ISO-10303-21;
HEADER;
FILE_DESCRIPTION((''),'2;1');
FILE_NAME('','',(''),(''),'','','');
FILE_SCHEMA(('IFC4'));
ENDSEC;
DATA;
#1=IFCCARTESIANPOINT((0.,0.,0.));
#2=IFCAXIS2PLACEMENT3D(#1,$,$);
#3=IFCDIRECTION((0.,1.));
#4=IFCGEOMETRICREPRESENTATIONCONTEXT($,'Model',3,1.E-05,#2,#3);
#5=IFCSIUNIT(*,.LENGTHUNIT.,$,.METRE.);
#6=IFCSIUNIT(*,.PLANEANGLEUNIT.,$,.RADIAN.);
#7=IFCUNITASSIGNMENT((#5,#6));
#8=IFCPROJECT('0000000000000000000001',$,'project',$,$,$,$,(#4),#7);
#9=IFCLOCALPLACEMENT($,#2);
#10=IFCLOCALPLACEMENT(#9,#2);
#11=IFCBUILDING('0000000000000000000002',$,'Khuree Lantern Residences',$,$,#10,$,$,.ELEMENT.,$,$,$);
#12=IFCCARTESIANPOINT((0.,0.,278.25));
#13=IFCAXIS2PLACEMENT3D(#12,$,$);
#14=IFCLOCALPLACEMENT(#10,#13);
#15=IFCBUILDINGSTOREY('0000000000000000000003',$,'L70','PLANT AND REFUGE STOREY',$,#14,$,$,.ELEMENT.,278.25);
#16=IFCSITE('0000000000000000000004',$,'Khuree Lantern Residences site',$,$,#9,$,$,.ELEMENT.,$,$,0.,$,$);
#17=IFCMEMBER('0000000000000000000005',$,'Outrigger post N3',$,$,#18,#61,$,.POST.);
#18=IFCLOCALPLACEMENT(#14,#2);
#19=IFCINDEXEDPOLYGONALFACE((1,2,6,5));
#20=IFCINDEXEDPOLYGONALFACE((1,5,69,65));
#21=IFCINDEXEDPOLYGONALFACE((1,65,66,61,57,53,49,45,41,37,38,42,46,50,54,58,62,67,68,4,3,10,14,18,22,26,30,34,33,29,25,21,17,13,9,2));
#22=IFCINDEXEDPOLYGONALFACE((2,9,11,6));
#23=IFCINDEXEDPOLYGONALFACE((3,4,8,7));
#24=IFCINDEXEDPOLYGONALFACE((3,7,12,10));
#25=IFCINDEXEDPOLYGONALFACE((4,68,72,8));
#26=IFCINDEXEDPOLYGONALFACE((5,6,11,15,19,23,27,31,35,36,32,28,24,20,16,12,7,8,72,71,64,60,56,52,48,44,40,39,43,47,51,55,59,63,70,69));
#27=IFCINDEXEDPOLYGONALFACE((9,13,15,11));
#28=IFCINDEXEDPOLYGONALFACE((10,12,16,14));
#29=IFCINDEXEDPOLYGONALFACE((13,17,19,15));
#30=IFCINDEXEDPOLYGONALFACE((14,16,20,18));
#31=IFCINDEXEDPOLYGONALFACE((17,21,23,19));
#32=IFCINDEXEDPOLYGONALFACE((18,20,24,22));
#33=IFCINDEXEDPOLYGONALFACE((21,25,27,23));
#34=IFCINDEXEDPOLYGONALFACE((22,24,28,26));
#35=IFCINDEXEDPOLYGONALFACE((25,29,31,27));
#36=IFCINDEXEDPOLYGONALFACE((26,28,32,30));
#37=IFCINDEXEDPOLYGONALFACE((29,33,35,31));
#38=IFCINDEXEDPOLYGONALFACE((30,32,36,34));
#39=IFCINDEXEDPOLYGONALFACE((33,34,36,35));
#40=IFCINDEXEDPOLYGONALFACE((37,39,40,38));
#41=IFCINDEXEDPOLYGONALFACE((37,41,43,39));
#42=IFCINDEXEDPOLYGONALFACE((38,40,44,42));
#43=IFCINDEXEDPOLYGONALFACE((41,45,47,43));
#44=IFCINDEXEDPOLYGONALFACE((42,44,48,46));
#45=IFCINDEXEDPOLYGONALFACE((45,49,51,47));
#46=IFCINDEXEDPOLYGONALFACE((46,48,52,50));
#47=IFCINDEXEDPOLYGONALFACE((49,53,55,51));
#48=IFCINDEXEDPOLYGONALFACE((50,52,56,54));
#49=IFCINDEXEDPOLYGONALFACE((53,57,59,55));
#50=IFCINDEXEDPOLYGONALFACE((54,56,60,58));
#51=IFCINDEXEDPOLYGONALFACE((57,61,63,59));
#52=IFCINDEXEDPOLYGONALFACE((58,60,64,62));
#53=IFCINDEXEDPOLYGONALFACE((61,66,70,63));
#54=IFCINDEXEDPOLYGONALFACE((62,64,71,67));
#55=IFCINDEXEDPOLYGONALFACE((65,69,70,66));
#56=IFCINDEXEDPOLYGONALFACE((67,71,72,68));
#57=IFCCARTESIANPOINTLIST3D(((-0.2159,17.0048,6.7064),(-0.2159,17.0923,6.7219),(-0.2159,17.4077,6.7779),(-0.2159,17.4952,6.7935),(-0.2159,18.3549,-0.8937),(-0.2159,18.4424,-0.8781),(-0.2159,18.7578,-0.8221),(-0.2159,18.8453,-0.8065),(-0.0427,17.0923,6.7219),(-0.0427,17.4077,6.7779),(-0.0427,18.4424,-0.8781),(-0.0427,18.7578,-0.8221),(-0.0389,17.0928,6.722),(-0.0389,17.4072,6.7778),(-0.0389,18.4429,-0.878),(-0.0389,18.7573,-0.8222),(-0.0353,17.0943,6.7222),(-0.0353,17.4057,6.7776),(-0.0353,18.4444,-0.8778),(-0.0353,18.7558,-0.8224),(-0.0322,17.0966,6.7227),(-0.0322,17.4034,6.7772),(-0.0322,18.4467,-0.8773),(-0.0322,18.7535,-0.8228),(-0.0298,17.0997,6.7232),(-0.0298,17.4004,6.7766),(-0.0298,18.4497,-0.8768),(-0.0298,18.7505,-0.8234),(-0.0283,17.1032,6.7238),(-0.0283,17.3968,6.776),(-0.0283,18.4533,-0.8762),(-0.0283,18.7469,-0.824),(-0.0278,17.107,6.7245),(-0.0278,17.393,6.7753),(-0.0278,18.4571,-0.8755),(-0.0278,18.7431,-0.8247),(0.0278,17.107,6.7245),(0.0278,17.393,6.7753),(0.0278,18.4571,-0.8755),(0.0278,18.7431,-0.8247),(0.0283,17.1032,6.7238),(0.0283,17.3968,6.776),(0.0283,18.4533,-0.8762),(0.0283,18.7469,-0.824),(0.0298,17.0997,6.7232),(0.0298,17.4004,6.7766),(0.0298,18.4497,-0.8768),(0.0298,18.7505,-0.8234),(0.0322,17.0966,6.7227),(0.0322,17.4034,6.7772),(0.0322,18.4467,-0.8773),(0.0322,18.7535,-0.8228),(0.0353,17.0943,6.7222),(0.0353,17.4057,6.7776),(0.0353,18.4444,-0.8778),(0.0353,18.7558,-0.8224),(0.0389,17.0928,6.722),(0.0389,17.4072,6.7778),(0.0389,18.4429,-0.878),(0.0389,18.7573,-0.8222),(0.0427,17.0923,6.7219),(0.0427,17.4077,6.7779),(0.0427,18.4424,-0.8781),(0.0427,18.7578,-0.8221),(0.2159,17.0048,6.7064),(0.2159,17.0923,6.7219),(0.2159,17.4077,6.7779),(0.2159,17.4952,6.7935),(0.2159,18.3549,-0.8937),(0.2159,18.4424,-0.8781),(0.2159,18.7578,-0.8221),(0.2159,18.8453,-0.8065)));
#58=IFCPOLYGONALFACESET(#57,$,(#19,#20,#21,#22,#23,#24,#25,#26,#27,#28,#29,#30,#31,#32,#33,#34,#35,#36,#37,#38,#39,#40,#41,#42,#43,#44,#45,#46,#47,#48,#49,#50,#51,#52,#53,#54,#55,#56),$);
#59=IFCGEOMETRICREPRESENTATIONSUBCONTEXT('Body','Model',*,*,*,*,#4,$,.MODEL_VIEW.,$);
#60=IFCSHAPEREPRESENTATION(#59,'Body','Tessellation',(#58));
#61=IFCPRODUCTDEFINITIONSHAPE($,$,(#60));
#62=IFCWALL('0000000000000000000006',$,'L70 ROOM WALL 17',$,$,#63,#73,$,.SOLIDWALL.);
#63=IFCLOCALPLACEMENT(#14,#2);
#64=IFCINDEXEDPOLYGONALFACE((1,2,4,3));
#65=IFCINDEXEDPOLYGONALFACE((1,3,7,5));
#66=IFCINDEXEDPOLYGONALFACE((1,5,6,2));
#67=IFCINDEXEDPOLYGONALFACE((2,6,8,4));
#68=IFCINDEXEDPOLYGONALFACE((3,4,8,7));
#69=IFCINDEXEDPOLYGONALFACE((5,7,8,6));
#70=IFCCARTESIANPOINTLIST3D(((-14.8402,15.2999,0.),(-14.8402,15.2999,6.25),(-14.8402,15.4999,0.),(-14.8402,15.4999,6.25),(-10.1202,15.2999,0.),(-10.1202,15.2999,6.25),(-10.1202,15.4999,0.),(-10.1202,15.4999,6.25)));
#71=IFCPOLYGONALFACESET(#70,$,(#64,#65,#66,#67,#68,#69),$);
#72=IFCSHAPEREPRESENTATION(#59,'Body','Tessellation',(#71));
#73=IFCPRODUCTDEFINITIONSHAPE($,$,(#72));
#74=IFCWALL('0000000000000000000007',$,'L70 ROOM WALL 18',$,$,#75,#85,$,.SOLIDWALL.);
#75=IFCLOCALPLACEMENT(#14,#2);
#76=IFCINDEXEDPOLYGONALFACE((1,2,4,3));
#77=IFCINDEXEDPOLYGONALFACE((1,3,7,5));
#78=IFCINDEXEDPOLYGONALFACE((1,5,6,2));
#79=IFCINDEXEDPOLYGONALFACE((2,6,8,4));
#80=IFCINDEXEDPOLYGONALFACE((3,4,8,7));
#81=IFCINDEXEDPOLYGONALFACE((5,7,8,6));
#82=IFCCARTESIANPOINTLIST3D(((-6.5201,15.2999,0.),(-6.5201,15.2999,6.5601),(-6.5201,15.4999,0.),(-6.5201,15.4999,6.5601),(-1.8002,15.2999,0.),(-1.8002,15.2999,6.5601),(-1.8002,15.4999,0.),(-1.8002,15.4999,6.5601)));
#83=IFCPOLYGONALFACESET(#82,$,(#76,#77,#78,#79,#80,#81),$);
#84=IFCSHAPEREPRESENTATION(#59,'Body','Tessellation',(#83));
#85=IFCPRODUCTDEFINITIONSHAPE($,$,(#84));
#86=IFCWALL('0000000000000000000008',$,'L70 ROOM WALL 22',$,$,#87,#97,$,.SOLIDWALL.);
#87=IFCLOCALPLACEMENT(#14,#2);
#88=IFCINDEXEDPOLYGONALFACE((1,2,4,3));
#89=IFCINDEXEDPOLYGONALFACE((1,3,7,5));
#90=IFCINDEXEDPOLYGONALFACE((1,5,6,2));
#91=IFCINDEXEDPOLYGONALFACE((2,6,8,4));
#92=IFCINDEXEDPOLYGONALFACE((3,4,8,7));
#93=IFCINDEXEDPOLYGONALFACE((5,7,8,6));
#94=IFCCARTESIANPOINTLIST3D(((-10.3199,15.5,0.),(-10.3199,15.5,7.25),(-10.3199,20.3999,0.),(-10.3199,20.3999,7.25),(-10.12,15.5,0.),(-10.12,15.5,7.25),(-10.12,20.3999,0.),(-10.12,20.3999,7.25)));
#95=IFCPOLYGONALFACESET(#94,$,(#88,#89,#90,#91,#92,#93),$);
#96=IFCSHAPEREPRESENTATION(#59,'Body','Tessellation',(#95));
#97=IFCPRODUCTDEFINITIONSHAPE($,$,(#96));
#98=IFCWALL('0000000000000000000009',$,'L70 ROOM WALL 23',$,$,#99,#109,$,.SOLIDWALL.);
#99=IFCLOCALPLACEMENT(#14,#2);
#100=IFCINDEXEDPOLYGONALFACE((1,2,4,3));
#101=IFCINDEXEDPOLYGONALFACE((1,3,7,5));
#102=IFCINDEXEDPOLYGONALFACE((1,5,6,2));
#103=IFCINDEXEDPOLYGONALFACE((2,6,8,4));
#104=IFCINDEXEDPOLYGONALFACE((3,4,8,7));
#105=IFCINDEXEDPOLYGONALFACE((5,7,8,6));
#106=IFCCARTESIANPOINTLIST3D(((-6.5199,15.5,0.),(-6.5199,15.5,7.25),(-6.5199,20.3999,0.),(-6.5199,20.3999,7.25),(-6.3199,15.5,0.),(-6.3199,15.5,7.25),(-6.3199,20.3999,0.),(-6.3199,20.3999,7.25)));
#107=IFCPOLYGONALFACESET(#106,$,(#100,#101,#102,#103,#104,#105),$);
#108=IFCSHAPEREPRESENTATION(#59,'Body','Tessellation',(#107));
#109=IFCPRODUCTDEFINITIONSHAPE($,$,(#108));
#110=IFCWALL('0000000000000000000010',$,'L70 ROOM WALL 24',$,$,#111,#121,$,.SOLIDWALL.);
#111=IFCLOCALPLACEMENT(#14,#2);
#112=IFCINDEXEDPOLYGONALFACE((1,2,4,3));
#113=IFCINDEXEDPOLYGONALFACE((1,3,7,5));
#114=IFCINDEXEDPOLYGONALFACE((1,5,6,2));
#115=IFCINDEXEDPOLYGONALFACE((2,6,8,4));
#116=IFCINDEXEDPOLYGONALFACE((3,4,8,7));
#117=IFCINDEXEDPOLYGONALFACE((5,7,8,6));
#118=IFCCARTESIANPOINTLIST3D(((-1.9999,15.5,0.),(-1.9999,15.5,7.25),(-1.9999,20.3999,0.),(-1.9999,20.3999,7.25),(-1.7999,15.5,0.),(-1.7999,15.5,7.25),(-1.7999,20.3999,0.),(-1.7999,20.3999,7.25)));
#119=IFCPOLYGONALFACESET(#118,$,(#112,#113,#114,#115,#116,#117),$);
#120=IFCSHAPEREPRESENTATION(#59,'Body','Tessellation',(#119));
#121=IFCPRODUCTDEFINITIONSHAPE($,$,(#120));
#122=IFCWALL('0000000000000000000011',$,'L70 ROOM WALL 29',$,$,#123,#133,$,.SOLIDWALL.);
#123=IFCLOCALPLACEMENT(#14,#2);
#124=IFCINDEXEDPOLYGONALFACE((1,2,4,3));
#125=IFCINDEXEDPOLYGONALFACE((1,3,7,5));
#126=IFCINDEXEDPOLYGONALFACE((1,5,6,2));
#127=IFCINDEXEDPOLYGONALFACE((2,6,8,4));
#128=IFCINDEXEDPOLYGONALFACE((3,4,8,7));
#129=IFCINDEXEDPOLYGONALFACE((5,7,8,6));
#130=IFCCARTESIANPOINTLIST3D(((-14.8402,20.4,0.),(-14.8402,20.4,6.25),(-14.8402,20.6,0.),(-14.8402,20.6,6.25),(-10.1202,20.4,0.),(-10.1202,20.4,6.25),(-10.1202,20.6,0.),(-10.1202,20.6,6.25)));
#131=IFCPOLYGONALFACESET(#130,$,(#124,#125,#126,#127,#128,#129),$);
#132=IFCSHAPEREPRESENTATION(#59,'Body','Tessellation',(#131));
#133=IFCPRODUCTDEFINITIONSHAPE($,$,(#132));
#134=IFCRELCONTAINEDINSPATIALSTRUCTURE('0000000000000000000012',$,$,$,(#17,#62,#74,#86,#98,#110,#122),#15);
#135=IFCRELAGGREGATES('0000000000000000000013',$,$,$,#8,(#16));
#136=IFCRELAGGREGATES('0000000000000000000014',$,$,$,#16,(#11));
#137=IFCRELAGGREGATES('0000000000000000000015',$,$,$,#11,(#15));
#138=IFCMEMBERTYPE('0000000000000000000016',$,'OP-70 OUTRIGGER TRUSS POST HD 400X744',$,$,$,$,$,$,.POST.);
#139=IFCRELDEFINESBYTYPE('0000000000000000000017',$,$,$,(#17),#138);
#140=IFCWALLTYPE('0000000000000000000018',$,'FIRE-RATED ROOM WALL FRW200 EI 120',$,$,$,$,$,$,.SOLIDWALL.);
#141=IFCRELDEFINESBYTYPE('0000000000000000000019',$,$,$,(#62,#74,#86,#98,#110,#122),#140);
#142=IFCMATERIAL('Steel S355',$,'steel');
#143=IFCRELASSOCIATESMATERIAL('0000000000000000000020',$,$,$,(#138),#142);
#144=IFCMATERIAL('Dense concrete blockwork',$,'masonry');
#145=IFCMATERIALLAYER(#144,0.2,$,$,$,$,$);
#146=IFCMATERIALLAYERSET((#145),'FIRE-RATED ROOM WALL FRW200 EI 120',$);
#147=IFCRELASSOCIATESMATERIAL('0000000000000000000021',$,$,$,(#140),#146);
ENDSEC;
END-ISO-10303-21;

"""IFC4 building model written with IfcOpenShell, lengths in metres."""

from ifc_helpers import new_model, si_unit, direction, frame, frame_2d, origin, origin_2d, place, context, subcontext, project, spatial, rectangle, i_section, extrude, material, layer, layer_set, material_profile, profile_set, type_object, element, save


model = new_model("IFC4")

# Units and contexts
model_context = context("Model", 3, precision=1e-05, world=origin(), true_north=direction((0.0, 1.0)))
body_context = subcontext(model_context, "Body", "Model", "MODEL_VIEW")
ifc_project = project(units=[si_unit("LENGTHUNIT", "METRE"), si_unit("PLANEANGLEUNIT", "RADIAN")], contexts=[model_context])

# Site, building, storey
site_placement = place(None, origin())
site = spatial("IfcSite", under=ifc_project, at=site_placement, Name="Khuree Lantern Residences site", CompositionType="ELEMENT", RefElevation=0.0)
building_placement = place(site_placement, origin())
building = spatial("IfcBuilding", under=site, at=building_placement, Name="Khuree Lantern Residences", CompositionType="ELEMENT")
storey_placement = place(building_placement, frame((0.0, 0.0, 278.25)))
storey = spatial("IfcBuildingStorey", under=building, at=storey_placement, Name="L70", Description="PLANT AND REFUGE STOREY", CompositionType="ELEMENT", Elevation=278.25)

# Member
ifc_material_1 = material(Name="Steel S355", Category="steel")
ifc_material_profile_1 = material_profile(ifc_material_1, i_section(OverallWidth=0.4319, OverallDepth=0.498, WebThickness=0.0557, FlangeThickness=0.0889, FilletRadius=0.0149, at=origin_2d()), Name="HD 400X744")
ifc_profile_set_1 = profile_set([ifc_material_profile_1], Name="Steel S355")
member_type_1 = type_object("IfcMemberType", Name="OP-70 OUTRIGGER TRUSS POST HD 400X744", PredefinedType="POST", material=ifc_profile_set_1)
member_1_placement = place(storey_placement, frame((0.0, 18.6001, -0.8501), z_axis=(0.0, -0.174904, 0.984586), x_axis=(1.0, 0.0, 0.0)))
element("IfcMember", 1, at=member_1_placement, inside=storey, type_object=member_type_1, Name="Outrigger post N3", PredefinedType="POST", context=body_context, shape_type="SweptSolid", body=[
    extrude(i_section(OverallWidth=0.4319, OverallDepth=0.498, WebThickness=0.0557, FlangeThickness=0.0889, FilletRadius=0.0149, at=origin_2d()), origin(), (0.0, 0.0, 1.0), 7.719),
])

# Walls
ifc_material_2 = material(Name="Dense concrete blockwork", Category="masonry")
ifc_layer = layer(ifc_material_2, 0.2)
ifc_layer_set = layer_set([ifc_layer], Name="FIRE-RATED ROOM WALL FRW200 EI 120")
wall_type = type_object("IfcWallType", Name="FIRE-RATED ROOM WALL FRW200 EI 120", PredefinedType="SOLIDWALL", material=ifc_layer_set)
wall_1_placement = place(storey_placement, frame((-14.8401, 15.3999, 0.0), z_axis=(0.0, 0.0, 1.0), x_axis=(1.0, 0.0, 0.0)))
element("IfcWall", 2, at=wall_1_placement, inside=storey, type_object=wall_type, Name="L70 ROOM WALL 17", PredefinedType="SOLIDWALL", context=body_context, shape_type="SweptSolid", body=[
    extrude(rectangle(XDim=4.72, YDim=0.2, at=frame_2d((2.3599, 0.0))), origin(), (0.0, 0.0, 1.0), 6.25),
])
wall_2_placement = place(storey_placement, frame((-6.52, 15.3999, 0.0), z_axis=(0.0, 0.0, 1.0), x_axis=(1.0, 0.0, 0.0)))
element("IfcWall", 3, at=wall_2_placement, inside=storey, type_object=wall_type, Name="L70 ROOM WALL 18", PredefinedType="SOLIDWALL", context=body_context, shape_type="SweptSolid", body=[
    extrude(rectangle(XDim=4.72, YDim=0.2, at=frame_2d((2.3599, 0.0))), origin(), (0.0, 0.0, 1.0), 6.5601),
])

# Walls
for number, where, z_axis, x_axis, name in (
    (4, (-10.22, 15.5, 0.0), (0.0, 0.0, 1.0), (0.0, 1.0, 0.0), "L70 ROOM WALL 22"),
    (5, (-6.4199, 15.5, 0.0), (0.0, 0.0, 1.0), (0.0, 1.0, 0.0), "L70 ROOM WALL 23"),
    (6, (-1.8999, 15.5, 0.0), (0.0, 0.0, 1.0), (0.0, 1.0, 0.0), "L70 ROOM WALL 24"),
):
    element("IfcWall", number, at=place(storey_placement, frame(where, z_axis=z_axis, x_axis=x_axis)), inside=storey, type_object=wall_type, Name=name, PredefinedType="SOLIDWALL", context=body_context, shape_type="SweptSolid", body=[
        extrude(rectangle(XDim=4.8999, YDim=0.2, at=frame_2d((2.45, 0.0))), origin(), (0.0, 0.0, 1.0), 7.25),
    ])
wall_3_placement = place(storey_placement, frame((-14.8401, 20.5, 0.0), z_axis=(0.0, 0.0, 1.0), x_axis=(1.0, 0.0, 0.0)))
element("IfcWall", 7, at=wall_3_placement, inside=storey, type_object=wall_type, Name="L70 ROOM WALL 29", PredefinedType="SOLIDWALL", context=body_context, shape_type="SweptSolid", body=[
    extrude(rectangle(XDim=4.72, YDim=0.2, at=frame_2d((2.3599, 0.0))), origin(), (0.0, 0.0, 1.0), 6.25),
])

save(model, "model.ifc")
